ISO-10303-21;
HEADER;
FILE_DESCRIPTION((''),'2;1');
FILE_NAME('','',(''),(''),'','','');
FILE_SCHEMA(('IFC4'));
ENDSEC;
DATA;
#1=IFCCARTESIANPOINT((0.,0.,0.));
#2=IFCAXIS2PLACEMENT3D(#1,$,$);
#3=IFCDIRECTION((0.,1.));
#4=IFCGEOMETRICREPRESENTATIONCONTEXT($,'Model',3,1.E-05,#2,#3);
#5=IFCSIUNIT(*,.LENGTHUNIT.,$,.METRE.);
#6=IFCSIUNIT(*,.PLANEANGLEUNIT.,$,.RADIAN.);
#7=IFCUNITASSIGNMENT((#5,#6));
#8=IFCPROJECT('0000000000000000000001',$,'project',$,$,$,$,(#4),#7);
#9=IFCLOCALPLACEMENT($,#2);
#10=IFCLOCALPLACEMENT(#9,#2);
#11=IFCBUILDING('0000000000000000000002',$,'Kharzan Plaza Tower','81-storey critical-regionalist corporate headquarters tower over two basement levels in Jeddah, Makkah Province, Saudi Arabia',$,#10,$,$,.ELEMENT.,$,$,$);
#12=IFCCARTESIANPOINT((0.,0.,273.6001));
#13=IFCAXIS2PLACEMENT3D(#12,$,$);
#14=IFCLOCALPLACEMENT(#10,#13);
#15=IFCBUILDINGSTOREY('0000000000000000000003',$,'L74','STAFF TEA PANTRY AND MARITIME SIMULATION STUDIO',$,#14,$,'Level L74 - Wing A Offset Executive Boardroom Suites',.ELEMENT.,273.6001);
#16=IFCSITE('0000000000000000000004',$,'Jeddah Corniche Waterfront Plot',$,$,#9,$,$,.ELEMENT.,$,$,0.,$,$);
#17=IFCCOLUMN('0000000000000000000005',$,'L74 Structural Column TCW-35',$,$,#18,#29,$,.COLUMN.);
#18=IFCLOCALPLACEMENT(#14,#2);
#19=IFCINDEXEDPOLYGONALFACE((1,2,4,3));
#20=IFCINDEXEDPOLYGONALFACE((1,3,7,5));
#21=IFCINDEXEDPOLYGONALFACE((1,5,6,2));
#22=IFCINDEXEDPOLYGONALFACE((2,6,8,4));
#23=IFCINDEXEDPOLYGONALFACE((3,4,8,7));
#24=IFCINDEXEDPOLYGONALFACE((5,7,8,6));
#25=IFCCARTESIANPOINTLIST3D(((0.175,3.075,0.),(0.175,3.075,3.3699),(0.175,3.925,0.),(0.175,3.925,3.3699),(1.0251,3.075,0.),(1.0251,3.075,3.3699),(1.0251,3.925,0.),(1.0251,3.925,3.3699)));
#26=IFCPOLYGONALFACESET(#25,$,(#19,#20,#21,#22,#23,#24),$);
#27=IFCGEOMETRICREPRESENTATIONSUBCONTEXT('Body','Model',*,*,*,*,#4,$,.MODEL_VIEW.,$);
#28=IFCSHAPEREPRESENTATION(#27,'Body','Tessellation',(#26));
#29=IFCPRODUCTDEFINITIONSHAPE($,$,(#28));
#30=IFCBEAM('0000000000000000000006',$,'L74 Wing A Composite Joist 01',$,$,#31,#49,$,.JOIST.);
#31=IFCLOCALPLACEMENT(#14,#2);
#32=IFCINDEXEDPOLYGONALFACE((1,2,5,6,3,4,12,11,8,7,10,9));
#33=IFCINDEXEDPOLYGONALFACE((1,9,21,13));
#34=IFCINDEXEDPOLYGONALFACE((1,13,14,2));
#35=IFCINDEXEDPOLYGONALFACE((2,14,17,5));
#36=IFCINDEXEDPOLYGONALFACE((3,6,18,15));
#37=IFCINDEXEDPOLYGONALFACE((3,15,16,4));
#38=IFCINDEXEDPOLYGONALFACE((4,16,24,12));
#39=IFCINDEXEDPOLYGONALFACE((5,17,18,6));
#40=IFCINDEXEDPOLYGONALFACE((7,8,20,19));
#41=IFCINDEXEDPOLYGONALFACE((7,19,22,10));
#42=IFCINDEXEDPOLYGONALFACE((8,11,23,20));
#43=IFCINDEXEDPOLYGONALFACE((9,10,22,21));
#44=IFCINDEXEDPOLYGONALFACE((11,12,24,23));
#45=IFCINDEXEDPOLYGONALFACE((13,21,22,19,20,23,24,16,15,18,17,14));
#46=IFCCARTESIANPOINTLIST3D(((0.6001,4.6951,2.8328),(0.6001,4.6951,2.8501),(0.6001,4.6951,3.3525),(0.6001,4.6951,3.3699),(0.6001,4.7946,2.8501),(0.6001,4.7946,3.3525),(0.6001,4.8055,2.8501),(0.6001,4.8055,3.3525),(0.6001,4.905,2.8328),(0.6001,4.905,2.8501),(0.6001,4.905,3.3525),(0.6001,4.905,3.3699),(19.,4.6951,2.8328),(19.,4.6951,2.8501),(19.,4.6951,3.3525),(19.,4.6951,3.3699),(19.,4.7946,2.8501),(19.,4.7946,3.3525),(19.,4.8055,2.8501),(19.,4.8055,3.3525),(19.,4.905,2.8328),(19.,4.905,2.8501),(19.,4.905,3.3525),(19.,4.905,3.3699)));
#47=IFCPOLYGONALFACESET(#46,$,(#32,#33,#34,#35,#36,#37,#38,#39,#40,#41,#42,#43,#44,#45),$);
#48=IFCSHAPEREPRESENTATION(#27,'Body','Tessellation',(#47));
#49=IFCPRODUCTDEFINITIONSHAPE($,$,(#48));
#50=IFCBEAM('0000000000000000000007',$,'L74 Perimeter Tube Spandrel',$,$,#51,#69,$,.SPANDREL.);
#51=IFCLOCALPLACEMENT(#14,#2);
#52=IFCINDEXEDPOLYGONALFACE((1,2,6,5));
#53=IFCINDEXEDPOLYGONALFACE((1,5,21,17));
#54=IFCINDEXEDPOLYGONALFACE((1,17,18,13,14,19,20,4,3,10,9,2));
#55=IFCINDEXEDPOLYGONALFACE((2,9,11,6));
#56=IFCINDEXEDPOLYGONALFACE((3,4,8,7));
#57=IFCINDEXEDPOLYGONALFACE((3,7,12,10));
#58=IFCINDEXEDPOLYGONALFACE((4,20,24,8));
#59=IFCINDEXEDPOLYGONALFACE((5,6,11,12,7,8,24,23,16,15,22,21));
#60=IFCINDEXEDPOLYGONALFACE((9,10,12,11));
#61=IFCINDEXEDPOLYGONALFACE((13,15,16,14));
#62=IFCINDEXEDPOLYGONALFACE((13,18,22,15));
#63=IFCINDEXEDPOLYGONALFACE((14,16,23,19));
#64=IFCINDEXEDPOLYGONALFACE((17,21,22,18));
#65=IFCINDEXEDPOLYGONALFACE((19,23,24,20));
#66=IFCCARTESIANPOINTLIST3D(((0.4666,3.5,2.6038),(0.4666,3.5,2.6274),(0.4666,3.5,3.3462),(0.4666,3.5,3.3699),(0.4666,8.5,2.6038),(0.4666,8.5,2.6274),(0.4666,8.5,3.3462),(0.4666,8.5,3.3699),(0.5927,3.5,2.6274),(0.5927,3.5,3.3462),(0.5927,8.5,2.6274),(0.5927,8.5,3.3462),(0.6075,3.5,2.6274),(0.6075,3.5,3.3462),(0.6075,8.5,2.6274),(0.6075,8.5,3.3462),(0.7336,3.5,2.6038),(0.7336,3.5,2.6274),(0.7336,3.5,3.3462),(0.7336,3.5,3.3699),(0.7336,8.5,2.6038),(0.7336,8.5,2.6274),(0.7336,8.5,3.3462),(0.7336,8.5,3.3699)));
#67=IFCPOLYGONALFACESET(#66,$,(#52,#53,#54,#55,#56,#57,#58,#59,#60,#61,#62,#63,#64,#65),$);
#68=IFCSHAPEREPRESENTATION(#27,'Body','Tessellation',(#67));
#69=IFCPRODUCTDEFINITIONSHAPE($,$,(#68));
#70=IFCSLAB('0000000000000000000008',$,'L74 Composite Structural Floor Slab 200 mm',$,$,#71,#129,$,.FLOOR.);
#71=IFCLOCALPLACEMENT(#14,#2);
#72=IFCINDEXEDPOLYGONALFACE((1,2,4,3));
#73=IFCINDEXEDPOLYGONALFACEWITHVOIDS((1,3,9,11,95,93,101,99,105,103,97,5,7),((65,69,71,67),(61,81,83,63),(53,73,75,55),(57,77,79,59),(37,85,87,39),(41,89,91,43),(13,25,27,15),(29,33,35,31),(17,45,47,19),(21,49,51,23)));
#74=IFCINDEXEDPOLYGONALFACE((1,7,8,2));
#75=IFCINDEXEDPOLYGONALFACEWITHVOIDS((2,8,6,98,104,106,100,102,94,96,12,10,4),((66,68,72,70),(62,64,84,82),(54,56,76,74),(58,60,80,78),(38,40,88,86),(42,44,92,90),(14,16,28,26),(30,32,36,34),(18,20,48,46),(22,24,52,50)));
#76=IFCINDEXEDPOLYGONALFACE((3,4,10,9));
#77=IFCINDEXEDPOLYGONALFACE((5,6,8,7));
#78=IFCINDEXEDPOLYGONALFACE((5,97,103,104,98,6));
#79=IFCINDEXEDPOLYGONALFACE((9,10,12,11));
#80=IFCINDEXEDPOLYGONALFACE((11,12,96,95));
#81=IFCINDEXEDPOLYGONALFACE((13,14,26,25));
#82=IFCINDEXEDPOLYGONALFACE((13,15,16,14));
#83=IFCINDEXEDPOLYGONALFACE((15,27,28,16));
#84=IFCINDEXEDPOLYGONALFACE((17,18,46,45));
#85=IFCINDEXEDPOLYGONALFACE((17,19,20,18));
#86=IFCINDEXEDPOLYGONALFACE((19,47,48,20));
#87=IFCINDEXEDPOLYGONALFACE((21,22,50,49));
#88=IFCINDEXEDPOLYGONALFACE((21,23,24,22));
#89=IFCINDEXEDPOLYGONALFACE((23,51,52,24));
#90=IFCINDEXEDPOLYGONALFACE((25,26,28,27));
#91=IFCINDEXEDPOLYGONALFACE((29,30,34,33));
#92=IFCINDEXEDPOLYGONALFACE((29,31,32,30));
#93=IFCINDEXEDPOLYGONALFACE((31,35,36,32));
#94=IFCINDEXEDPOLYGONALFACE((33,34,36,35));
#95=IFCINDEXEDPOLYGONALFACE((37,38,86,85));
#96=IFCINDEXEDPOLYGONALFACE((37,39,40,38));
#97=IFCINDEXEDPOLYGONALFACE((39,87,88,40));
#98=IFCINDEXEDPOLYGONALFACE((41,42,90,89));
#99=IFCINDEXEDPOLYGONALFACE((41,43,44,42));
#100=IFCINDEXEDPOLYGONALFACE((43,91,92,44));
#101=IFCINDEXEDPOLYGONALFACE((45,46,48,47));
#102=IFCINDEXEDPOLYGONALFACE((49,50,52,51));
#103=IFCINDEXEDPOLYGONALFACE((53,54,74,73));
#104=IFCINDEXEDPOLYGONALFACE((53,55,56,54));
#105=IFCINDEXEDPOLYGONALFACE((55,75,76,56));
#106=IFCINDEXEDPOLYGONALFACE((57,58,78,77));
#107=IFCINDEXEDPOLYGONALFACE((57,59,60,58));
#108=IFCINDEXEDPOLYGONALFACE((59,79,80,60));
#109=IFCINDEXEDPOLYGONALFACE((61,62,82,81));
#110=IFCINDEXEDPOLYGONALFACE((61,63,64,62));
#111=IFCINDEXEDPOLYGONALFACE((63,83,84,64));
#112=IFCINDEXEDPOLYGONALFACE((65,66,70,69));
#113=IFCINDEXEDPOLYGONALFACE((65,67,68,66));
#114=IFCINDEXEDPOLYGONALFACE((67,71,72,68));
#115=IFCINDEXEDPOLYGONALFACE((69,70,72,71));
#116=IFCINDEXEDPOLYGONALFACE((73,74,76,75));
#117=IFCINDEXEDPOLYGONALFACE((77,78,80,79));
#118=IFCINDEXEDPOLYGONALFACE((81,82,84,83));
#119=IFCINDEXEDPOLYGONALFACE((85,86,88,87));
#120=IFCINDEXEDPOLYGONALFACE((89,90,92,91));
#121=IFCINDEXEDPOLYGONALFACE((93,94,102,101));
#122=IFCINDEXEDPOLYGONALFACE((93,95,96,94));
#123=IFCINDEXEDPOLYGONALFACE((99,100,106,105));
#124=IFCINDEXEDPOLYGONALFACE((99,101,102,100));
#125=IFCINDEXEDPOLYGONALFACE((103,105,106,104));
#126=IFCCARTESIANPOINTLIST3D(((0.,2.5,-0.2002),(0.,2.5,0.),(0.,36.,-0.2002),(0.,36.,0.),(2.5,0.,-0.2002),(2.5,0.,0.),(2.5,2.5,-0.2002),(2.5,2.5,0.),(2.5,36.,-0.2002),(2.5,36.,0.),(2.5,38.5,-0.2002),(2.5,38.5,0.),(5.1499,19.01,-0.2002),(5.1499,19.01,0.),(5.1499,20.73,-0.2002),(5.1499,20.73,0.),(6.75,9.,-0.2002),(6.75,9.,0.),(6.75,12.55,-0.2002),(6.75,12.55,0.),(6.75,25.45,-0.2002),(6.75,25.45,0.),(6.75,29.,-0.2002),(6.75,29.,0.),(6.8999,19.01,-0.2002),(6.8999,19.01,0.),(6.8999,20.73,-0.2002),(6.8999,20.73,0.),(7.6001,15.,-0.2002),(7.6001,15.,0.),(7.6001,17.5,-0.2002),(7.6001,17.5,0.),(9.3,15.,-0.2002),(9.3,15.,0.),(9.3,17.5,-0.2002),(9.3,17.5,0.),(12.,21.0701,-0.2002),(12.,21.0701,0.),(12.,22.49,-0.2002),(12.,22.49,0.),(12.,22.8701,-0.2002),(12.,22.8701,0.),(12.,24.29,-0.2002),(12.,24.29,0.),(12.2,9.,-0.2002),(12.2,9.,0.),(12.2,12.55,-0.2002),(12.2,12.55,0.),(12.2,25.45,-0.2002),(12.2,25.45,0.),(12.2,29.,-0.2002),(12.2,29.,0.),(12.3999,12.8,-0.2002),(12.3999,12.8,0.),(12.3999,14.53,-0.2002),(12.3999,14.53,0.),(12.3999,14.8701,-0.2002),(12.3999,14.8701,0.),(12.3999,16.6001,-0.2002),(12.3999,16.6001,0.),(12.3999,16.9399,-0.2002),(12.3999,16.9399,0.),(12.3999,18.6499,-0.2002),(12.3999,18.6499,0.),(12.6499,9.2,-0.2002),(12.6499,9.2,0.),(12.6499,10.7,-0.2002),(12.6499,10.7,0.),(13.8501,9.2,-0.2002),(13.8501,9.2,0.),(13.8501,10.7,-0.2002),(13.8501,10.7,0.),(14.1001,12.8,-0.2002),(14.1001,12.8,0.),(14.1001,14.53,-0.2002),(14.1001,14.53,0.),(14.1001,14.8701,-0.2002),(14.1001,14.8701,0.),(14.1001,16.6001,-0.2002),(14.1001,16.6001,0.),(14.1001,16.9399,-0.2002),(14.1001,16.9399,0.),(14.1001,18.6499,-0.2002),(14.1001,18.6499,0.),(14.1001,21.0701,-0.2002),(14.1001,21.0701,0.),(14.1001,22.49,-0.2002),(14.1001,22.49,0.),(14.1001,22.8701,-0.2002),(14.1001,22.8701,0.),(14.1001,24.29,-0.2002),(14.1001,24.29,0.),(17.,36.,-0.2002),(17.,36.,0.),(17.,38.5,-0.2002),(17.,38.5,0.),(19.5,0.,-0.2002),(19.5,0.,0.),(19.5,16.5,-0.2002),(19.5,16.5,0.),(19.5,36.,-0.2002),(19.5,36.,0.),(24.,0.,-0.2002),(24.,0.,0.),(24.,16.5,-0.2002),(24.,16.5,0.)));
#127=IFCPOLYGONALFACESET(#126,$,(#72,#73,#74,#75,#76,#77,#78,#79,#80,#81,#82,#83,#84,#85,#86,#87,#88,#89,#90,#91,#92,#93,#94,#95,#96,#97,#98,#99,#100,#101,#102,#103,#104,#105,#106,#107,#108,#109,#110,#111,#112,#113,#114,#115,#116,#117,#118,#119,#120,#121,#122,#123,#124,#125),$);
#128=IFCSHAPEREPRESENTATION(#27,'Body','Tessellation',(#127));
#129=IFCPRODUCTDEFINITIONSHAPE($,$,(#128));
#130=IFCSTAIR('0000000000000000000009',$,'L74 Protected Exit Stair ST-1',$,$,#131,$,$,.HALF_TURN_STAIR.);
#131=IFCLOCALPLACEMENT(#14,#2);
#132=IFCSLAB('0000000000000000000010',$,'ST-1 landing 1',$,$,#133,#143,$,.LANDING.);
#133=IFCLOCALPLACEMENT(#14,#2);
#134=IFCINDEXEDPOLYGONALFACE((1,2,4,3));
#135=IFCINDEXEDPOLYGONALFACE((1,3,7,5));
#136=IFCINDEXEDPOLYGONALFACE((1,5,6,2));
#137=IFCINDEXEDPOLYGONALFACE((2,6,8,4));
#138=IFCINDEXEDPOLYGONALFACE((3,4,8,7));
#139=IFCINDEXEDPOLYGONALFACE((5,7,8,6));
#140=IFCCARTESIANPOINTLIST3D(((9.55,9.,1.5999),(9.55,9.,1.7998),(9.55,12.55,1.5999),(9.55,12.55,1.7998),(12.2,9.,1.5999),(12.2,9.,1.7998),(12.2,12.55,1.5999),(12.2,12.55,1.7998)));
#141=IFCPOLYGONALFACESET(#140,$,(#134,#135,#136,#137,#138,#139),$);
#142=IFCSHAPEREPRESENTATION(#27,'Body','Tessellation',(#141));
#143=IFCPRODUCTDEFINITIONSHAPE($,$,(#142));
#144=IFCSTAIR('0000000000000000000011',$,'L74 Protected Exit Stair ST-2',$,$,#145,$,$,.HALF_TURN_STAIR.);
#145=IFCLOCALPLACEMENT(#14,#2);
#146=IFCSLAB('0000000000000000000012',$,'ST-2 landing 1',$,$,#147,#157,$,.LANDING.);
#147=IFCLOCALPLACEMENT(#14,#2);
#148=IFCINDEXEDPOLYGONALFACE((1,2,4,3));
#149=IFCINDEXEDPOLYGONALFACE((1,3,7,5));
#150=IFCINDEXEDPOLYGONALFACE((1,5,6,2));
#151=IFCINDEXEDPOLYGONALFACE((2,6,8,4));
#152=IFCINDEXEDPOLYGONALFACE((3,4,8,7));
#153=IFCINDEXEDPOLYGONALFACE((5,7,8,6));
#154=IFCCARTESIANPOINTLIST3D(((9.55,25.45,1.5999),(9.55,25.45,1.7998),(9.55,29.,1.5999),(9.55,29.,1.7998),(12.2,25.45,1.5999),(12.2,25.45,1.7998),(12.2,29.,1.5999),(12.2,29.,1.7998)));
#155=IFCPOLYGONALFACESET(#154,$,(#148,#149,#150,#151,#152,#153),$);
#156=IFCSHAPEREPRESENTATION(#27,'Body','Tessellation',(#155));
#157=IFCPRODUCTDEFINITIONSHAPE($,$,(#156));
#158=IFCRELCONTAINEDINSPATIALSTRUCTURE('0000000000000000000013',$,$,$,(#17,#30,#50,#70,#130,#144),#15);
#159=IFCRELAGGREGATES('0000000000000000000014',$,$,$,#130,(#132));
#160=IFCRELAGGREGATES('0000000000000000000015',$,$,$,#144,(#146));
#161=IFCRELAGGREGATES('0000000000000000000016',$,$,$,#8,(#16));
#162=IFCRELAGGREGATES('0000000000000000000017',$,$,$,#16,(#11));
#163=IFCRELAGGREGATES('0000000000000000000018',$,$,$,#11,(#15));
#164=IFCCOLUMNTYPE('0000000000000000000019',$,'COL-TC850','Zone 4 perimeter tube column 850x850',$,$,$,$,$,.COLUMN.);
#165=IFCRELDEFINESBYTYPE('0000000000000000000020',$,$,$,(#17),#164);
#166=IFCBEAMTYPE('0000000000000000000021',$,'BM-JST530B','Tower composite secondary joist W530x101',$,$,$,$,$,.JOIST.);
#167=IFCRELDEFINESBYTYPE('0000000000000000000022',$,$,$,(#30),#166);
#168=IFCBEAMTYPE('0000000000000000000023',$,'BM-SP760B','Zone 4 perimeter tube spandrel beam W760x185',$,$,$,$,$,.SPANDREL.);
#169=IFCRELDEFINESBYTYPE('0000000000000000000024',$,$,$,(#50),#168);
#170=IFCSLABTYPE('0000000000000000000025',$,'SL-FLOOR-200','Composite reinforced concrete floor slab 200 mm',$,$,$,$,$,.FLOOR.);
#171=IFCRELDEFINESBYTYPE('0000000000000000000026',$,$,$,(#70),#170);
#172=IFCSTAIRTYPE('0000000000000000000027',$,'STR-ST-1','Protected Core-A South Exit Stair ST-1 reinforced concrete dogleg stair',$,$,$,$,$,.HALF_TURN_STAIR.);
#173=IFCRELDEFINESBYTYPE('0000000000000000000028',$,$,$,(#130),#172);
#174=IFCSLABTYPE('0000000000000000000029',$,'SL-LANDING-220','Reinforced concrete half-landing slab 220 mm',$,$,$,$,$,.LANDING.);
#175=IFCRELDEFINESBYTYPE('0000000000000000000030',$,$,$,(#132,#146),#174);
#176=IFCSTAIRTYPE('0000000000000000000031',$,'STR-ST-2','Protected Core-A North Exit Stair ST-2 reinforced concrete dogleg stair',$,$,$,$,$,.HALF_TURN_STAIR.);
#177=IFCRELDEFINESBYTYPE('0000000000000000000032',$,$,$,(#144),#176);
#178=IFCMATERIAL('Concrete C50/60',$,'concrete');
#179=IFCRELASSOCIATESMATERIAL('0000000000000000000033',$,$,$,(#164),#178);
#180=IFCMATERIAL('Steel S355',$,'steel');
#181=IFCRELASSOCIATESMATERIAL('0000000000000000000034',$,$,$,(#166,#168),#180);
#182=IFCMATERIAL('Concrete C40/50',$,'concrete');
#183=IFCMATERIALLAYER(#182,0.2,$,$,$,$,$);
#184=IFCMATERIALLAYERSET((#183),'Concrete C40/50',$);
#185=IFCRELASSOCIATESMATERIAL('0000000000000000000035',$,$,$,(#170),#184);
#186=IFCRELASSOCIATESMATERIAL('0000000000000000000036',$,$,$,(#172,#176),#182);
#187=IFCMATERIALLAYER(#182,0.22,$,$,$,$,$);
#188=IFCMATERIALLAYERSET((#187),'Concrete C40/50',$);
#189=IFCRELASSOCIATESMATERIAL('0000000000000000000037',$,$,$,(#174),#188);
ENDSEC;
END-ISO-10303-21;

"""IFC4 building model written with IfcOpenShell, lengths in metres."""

from ifc_helpers import new_model, si_unit, direction, frame, origin, origin_2d, place, context, subcontext, project, spatial, polyline, rectangle, i_section, outline, extrude, source, transform, mapped, material, layer, layer_set, material_profile, profile_set, type_object, element, aggregate, save


model = new_model("IFC4")

# Units and contexts
model_context = context("Model", 3, precision=1e-05, world=origin(), true_north=direction((0.0, 1.0)))
body_context = subcontext(model_context, "Body", "Model", "MODEL_VIEW")
ifc_project = project(units=[si_unit("LENGTHUNIT", "METRE"), si_unit("PLANEANGLEUNIT", "RADIAN")], contexts=[model_context])

# Site, building, storey
site_placement = place(None, origin())
site = spatial("IfcSite", under=ifc_project, at=site_placement, Name="Jeddah Corniche Waterfront Plot", CompositionType="ELEMENT", RefElevation=0.0)
building_placement = place(site_placement, origin())
building = spatial("IfcBuilding", under=site, at=building_placement, Name="Kharzan Plaza Tower", Description="81-storey critical-regionalist corporate headquarters tower over two basement levels in Jeddah, Makkah Province, Saudi Arabia", CompositionType="ELEMENT")
storey_placement = place(building_placement, frame((0.0, 0.0, 273.6001)))
storey = spatial("IfcBuildingStorey", under=building, at=storey_placement, Name="L74", Description="STAFF TEA PANTRY AND MARITIME SIMULATION STUDIO", LongName="Level L74 - Wing A Offset Executive Boardroom Suites", CompositionType="ELEMENT", Elevation=273.6001)

# Column
ifc_material_1 = material(Name="Concrete C50/60", Category="concrete")
ifc_material_profile_1 = material_profile(ifc_material_1, rectangle(XDim=0.8501, YDim=0.8501, at=origin_2d()), Name="RC-TC850x850")
ifc_profile_set_1 = profile_set([ifc_material_profile_1], Name="Concrete C50/60")
column_type = type_object("IfcColumnType", Name="COL-TC850", Description="Zone 4 perimeter tube column 850x850", PredefinedType="COLUMN", material=ifc_profile_set_1)
shared_shape_1 = source(origin(), body_context, "Body", "SweptSolid", [
    extrude(rectangle(XDim=0.8501, YDim=0.8501, at=origin_2d()), origin(), (0.0, 0.0, 1.0), 3.3699),
])
column_placement = place(storey_placement, frame((0.6001, 3.5, 0.0), z_axis=(0.0, 0.0, 1.0), x_axis=(1.0, 0.0, 0.0)))
element("IfcColumn", 1, at=column_placement, inside=storey, type_object=column_type, Name="L74 Structural Column TCW-35", PredefinedType="COLUMN", context=body_context, shape_type="MappedRepresentation", body=[
    mapped(shared_shape_1, transform((0.0, 0.0, 0.0), x_axis=(1.0, 0.0, 0.0), y_axis=(0.0, 1.0, 0.0), z_axis=(0.0, 0.0, 1.0))),
])

# Beams
ifc_material_2 = material(Name="Steel S355", Category="steel")
ifc_material_profile_2 = material_profile(ifc_material_2, i_section(OverallWidth=0.21, OverallDepth=0.5371, WebThickness=0.011, FlangeThickness=0.0173, at=origin_2d()), Name="W530x101")
ifc_profile_set_2 = profile_set([ifc_material_profile_2], Name="Steel S355")
beam_type_1 = type_object("IfcBeamType", Name="BM-JST530B", Description="Tower composite secondary joist W530x101", PredefinedType="JOIST", material=ifc_profile_set_2)
shared_shape_2 = source(origin(), body_context, "Body", "SweptSolid", [
    extrude(i_section(OverallWidth=0.21, OverallDepth=0.5371, WebThickness=0.011, FlangeThickness=0.0173, at=origin_2d()), origin(), (0.0, 0.0, 1.0), 18.3999),
])
beam_1_placement = place(storey_placement, frame((0.6001, 4.8, 3.1013), z_axis=(1.0, 0.0, 0.0), x_axis=(0.0, 1.0, 0.0)))
element("IfcBeam", 2, at=beam_1_placement, inside=storey, type_object=beam_type_1, Name="L74 Wing A Composite Joist 01", PredefinedType="JOIST", context=body_context, shape_type="MappedRepresentation", body=[
    mapped(shared_shape_2, transform((0.0, 0.0, 0.0), x_axis=(1.0, 0.0, 0.0), y_axis=(0.0, 1.0, 0.0), z_axis=(0.0, 0.0, 1.0))),
])
ifc_material_profile_3 = material_profile(ifc_material_2, i_section(OverallWidth=0.2671, OverallDepth=0.7661, WebThickness=0.0149, FlangeThickness=0.0237, at=origin_2d()), Name="W760x185")
ifc_profile_set_3 = profile_set([ifc_material_profile_3], Name="Steel S355")
beam_type_2 = type_object("IfcBeamType", Name="BM-SP760B", Description="Zone 4 perimeter tube spandrel beam W760x185", PredefinedType="SPANDREL", material=ifc_profile_set_3)
shared_shape_3 = source(origin(), body_context, "Body", "SweptSolid", [
    extrude(i_section(OverallWidth=0.2671, OverallDepth=0.7661, WebThickness=0.0149, FlangeThickness=0.0237, at=origin_2d()), origin(), (0.0, 0.0, 1.0), 5.0),
])
beam_2_placement = place(storey_placement, frame((0.6001, 3.5, 2.9868), z_axis=(0.0, 1.0, 0.0), x_axis=(-1.0, 0.0, 0.0)))
element("IfcBeam", 3, at=beam_2_placement, inside=storey, type_object=beam_type_2, Name="L74 Perimeter Tube Spandrel", PredefinedType="SPANDREL", context=body_context, shape_type="MappedRepresentation", body=[
    mapped(shared_shape_3, transform((0.0, 0.0, 0.0), x_axis=(1.0, 0.0, 0.0), y_axis=(0.0, 1.0, 0.0), z_axis=(0.0, 0.0, 1.0))),
])

# Slab
ifc_material_3 = material(Name="Concrete C40/50", Category="concrete")
ifc_layer_1 = layer(ifc_material_3, 0.2)
ifc_layer_set_1 = layer_set([ifc_layer_1], Name="Concrete C40/50")
slab_type_1 = type_object("IfcSlabType", Name="SL-FLOOR-200", Description="Composite reinforced concrete floor slab 200 mm", PredefinedType="FLOOR", material=ifc_layer_set_1)
slab_1_placement = place(storey_placement, frame((0.0, 0.0, -0.2002)))
element("IfcSlab", 4, at=slab_1_placement, inside=storey, type_object=slab_type_1, Name="L74 Composite Structural Floor Slab 200 mm", PredefinedType="FLOOR", context=body_context, shape_type="SweptSolid", body=[
    extrude(outline(polyline([(19.5, 36.0), (17.0, 36.0), (17.0, 38.5), (2.5, 38.5), (2.5, 36.0), (0.0, 36.0), (0.0, 2.5), (2.5, 2.5), (2.5, 0.0), (19.5, 0.0), (24.0, 0.0), (24.0, 16.5), (19.5, 16.5), (19.5, 36.0)]), holes=[polyline([(13.8501, 10.7), (12.6499, 10.7), (12.6499, 9.2), (13.8501, 9.2), (13.8501, 10.7)]), polyline([(12.2, 12.55), (6.75, 12.55), (6.75, 9.0), (12.2, 9.0), (12.2, 12.55)]), polyline([(14.1001, 14.53), (12.3999, 14.53), (12.3999, 12.8), (14.1001, 12.8), (14.1001, 14.53)]), polyline([(14.1001, 14.8701), (14.1001, 16.6001), (12.3999, 16.6001), (12.3999, 14.8701), (14.1001, 14.8701)]), polyline([(9.3, 15.0), (9.3, 17.5), (7.6001, 17.5), (7.6001, 15.0), (9.3, 15.0)]), polyline([(14.1001, 18.6499), (12.3999, 18.6499), (12.3999, 16.9399), (14.1001, 16.9399), (14.1001, 18.6499)]), polyline([(6.8999, 20.73), (5.1499, 20.73), (5.1499, 19.01), (6.8999, 19.01), (6.8999, 20.73)]), polyline([(14.1001, 22.49), (12.0, 22.49), (12.0, 21.0701), (14.1001, 21.0701), (14.1001, 22.49)]), polyline([(14.1001, 22.8701), (14.1001, 24.29), (12.0, 24.29), (12.0, 22.8701), (14.1001, 22.8701)]), polyline([(12.2, 25.45), (12.2, 29.0), (6.75, 29.0), (6.75, 25.45), (12.2, 25.45)])]), origin(), (0.0, 0.0, 1.0), 0.2002),
])

# Stairs, slabs
stair_type_1 = type_object("IfcStairType", Name="STR-ST-1", Description="Protected Core-A South Exit Stair ST-1 reinforced concrete dogleg stair", PredefinedType="HALF_TURN_STAIR", material=ifc_material_3)
stair_1_placement = place(storey_placement, origin())
stair_1 = element("IfcStair", 5, at=stair_1_placement, inside=storey, type_object=stair_type_1, Name="L74 Protected Exit Stair ST-1", PredefinedType="HALF_TURN_STAIR")
ifc_layer_2 = layer(ifc_material_3, 0.22)
ifc_layer_set_2 = layer_set([ifc_layer_2], Name="Concrete C40/50")
slab_type_2 = type_object("IfcSlabType", Name="SL-LANDING-220", Description="Reinforced concrete half-landing slab 220 mm", PredefinedType="LANDING", material=ifc_layer_set_2)
slab_2_placement = place(storey_placement, frame((0.0, 0.0, 1.5999)))
slab_2 = element("IfcSlab", 6, at=slab_2_placement, type_object=slab_type_2, Name="ST-1 landing 1", PredefinedType="LANDING", context=body_context, shape_type="SweptSolid", body=[
    extrude(outline(polyline([(9.55, 9.0), (12.2, 9.0), (12.2, 12.55), (9.55, 12.55), (9.55, 9.0)])), origin(), (0.0, 0.0, 1.0), 0.2),
])
aggregate(stair_1, [slab_2])
stair_type_2 = type_object("IfcStairType", Name="STR-ST-2", Description="Protected Core-A North Exit Stair ST-2 reinforced concrete dogleg stair", PredefinedType="HALF_TURN_STAIR", material=ifc_material_3)
stair_2_placement = place(storey_placement, origin())
stair_2 = element("IfcStair", 7, at=stair_2_placement, inside=storey, type_object=stair_type_2, Name="L74 Protected Exit Stair ST-2", PredefinedType="HALF_TURN_STAIR")
slab_3_placement = place(storey_placement, frame((0.0, 0.0, 1.5999)))
slab_3 = element("IfcSlab", 8, at=slab_3_placement, type_object=slab_type_2, Name="ST-2 landing 1", PredefinedType="LANDING", context=body_context, shape_type="SweptSolid", body=[
    extrude(outline(polyline([(9.55, 25.45), (12.2, 25.45), (12.2, 29.0), (9.55, 29.0), (9.55, 25.45)])), origin(), (0.0, 0.0, 1.0), 0.2),
])
aggregate(stair_2, [slab_3])

save(model, "model.ifc")
